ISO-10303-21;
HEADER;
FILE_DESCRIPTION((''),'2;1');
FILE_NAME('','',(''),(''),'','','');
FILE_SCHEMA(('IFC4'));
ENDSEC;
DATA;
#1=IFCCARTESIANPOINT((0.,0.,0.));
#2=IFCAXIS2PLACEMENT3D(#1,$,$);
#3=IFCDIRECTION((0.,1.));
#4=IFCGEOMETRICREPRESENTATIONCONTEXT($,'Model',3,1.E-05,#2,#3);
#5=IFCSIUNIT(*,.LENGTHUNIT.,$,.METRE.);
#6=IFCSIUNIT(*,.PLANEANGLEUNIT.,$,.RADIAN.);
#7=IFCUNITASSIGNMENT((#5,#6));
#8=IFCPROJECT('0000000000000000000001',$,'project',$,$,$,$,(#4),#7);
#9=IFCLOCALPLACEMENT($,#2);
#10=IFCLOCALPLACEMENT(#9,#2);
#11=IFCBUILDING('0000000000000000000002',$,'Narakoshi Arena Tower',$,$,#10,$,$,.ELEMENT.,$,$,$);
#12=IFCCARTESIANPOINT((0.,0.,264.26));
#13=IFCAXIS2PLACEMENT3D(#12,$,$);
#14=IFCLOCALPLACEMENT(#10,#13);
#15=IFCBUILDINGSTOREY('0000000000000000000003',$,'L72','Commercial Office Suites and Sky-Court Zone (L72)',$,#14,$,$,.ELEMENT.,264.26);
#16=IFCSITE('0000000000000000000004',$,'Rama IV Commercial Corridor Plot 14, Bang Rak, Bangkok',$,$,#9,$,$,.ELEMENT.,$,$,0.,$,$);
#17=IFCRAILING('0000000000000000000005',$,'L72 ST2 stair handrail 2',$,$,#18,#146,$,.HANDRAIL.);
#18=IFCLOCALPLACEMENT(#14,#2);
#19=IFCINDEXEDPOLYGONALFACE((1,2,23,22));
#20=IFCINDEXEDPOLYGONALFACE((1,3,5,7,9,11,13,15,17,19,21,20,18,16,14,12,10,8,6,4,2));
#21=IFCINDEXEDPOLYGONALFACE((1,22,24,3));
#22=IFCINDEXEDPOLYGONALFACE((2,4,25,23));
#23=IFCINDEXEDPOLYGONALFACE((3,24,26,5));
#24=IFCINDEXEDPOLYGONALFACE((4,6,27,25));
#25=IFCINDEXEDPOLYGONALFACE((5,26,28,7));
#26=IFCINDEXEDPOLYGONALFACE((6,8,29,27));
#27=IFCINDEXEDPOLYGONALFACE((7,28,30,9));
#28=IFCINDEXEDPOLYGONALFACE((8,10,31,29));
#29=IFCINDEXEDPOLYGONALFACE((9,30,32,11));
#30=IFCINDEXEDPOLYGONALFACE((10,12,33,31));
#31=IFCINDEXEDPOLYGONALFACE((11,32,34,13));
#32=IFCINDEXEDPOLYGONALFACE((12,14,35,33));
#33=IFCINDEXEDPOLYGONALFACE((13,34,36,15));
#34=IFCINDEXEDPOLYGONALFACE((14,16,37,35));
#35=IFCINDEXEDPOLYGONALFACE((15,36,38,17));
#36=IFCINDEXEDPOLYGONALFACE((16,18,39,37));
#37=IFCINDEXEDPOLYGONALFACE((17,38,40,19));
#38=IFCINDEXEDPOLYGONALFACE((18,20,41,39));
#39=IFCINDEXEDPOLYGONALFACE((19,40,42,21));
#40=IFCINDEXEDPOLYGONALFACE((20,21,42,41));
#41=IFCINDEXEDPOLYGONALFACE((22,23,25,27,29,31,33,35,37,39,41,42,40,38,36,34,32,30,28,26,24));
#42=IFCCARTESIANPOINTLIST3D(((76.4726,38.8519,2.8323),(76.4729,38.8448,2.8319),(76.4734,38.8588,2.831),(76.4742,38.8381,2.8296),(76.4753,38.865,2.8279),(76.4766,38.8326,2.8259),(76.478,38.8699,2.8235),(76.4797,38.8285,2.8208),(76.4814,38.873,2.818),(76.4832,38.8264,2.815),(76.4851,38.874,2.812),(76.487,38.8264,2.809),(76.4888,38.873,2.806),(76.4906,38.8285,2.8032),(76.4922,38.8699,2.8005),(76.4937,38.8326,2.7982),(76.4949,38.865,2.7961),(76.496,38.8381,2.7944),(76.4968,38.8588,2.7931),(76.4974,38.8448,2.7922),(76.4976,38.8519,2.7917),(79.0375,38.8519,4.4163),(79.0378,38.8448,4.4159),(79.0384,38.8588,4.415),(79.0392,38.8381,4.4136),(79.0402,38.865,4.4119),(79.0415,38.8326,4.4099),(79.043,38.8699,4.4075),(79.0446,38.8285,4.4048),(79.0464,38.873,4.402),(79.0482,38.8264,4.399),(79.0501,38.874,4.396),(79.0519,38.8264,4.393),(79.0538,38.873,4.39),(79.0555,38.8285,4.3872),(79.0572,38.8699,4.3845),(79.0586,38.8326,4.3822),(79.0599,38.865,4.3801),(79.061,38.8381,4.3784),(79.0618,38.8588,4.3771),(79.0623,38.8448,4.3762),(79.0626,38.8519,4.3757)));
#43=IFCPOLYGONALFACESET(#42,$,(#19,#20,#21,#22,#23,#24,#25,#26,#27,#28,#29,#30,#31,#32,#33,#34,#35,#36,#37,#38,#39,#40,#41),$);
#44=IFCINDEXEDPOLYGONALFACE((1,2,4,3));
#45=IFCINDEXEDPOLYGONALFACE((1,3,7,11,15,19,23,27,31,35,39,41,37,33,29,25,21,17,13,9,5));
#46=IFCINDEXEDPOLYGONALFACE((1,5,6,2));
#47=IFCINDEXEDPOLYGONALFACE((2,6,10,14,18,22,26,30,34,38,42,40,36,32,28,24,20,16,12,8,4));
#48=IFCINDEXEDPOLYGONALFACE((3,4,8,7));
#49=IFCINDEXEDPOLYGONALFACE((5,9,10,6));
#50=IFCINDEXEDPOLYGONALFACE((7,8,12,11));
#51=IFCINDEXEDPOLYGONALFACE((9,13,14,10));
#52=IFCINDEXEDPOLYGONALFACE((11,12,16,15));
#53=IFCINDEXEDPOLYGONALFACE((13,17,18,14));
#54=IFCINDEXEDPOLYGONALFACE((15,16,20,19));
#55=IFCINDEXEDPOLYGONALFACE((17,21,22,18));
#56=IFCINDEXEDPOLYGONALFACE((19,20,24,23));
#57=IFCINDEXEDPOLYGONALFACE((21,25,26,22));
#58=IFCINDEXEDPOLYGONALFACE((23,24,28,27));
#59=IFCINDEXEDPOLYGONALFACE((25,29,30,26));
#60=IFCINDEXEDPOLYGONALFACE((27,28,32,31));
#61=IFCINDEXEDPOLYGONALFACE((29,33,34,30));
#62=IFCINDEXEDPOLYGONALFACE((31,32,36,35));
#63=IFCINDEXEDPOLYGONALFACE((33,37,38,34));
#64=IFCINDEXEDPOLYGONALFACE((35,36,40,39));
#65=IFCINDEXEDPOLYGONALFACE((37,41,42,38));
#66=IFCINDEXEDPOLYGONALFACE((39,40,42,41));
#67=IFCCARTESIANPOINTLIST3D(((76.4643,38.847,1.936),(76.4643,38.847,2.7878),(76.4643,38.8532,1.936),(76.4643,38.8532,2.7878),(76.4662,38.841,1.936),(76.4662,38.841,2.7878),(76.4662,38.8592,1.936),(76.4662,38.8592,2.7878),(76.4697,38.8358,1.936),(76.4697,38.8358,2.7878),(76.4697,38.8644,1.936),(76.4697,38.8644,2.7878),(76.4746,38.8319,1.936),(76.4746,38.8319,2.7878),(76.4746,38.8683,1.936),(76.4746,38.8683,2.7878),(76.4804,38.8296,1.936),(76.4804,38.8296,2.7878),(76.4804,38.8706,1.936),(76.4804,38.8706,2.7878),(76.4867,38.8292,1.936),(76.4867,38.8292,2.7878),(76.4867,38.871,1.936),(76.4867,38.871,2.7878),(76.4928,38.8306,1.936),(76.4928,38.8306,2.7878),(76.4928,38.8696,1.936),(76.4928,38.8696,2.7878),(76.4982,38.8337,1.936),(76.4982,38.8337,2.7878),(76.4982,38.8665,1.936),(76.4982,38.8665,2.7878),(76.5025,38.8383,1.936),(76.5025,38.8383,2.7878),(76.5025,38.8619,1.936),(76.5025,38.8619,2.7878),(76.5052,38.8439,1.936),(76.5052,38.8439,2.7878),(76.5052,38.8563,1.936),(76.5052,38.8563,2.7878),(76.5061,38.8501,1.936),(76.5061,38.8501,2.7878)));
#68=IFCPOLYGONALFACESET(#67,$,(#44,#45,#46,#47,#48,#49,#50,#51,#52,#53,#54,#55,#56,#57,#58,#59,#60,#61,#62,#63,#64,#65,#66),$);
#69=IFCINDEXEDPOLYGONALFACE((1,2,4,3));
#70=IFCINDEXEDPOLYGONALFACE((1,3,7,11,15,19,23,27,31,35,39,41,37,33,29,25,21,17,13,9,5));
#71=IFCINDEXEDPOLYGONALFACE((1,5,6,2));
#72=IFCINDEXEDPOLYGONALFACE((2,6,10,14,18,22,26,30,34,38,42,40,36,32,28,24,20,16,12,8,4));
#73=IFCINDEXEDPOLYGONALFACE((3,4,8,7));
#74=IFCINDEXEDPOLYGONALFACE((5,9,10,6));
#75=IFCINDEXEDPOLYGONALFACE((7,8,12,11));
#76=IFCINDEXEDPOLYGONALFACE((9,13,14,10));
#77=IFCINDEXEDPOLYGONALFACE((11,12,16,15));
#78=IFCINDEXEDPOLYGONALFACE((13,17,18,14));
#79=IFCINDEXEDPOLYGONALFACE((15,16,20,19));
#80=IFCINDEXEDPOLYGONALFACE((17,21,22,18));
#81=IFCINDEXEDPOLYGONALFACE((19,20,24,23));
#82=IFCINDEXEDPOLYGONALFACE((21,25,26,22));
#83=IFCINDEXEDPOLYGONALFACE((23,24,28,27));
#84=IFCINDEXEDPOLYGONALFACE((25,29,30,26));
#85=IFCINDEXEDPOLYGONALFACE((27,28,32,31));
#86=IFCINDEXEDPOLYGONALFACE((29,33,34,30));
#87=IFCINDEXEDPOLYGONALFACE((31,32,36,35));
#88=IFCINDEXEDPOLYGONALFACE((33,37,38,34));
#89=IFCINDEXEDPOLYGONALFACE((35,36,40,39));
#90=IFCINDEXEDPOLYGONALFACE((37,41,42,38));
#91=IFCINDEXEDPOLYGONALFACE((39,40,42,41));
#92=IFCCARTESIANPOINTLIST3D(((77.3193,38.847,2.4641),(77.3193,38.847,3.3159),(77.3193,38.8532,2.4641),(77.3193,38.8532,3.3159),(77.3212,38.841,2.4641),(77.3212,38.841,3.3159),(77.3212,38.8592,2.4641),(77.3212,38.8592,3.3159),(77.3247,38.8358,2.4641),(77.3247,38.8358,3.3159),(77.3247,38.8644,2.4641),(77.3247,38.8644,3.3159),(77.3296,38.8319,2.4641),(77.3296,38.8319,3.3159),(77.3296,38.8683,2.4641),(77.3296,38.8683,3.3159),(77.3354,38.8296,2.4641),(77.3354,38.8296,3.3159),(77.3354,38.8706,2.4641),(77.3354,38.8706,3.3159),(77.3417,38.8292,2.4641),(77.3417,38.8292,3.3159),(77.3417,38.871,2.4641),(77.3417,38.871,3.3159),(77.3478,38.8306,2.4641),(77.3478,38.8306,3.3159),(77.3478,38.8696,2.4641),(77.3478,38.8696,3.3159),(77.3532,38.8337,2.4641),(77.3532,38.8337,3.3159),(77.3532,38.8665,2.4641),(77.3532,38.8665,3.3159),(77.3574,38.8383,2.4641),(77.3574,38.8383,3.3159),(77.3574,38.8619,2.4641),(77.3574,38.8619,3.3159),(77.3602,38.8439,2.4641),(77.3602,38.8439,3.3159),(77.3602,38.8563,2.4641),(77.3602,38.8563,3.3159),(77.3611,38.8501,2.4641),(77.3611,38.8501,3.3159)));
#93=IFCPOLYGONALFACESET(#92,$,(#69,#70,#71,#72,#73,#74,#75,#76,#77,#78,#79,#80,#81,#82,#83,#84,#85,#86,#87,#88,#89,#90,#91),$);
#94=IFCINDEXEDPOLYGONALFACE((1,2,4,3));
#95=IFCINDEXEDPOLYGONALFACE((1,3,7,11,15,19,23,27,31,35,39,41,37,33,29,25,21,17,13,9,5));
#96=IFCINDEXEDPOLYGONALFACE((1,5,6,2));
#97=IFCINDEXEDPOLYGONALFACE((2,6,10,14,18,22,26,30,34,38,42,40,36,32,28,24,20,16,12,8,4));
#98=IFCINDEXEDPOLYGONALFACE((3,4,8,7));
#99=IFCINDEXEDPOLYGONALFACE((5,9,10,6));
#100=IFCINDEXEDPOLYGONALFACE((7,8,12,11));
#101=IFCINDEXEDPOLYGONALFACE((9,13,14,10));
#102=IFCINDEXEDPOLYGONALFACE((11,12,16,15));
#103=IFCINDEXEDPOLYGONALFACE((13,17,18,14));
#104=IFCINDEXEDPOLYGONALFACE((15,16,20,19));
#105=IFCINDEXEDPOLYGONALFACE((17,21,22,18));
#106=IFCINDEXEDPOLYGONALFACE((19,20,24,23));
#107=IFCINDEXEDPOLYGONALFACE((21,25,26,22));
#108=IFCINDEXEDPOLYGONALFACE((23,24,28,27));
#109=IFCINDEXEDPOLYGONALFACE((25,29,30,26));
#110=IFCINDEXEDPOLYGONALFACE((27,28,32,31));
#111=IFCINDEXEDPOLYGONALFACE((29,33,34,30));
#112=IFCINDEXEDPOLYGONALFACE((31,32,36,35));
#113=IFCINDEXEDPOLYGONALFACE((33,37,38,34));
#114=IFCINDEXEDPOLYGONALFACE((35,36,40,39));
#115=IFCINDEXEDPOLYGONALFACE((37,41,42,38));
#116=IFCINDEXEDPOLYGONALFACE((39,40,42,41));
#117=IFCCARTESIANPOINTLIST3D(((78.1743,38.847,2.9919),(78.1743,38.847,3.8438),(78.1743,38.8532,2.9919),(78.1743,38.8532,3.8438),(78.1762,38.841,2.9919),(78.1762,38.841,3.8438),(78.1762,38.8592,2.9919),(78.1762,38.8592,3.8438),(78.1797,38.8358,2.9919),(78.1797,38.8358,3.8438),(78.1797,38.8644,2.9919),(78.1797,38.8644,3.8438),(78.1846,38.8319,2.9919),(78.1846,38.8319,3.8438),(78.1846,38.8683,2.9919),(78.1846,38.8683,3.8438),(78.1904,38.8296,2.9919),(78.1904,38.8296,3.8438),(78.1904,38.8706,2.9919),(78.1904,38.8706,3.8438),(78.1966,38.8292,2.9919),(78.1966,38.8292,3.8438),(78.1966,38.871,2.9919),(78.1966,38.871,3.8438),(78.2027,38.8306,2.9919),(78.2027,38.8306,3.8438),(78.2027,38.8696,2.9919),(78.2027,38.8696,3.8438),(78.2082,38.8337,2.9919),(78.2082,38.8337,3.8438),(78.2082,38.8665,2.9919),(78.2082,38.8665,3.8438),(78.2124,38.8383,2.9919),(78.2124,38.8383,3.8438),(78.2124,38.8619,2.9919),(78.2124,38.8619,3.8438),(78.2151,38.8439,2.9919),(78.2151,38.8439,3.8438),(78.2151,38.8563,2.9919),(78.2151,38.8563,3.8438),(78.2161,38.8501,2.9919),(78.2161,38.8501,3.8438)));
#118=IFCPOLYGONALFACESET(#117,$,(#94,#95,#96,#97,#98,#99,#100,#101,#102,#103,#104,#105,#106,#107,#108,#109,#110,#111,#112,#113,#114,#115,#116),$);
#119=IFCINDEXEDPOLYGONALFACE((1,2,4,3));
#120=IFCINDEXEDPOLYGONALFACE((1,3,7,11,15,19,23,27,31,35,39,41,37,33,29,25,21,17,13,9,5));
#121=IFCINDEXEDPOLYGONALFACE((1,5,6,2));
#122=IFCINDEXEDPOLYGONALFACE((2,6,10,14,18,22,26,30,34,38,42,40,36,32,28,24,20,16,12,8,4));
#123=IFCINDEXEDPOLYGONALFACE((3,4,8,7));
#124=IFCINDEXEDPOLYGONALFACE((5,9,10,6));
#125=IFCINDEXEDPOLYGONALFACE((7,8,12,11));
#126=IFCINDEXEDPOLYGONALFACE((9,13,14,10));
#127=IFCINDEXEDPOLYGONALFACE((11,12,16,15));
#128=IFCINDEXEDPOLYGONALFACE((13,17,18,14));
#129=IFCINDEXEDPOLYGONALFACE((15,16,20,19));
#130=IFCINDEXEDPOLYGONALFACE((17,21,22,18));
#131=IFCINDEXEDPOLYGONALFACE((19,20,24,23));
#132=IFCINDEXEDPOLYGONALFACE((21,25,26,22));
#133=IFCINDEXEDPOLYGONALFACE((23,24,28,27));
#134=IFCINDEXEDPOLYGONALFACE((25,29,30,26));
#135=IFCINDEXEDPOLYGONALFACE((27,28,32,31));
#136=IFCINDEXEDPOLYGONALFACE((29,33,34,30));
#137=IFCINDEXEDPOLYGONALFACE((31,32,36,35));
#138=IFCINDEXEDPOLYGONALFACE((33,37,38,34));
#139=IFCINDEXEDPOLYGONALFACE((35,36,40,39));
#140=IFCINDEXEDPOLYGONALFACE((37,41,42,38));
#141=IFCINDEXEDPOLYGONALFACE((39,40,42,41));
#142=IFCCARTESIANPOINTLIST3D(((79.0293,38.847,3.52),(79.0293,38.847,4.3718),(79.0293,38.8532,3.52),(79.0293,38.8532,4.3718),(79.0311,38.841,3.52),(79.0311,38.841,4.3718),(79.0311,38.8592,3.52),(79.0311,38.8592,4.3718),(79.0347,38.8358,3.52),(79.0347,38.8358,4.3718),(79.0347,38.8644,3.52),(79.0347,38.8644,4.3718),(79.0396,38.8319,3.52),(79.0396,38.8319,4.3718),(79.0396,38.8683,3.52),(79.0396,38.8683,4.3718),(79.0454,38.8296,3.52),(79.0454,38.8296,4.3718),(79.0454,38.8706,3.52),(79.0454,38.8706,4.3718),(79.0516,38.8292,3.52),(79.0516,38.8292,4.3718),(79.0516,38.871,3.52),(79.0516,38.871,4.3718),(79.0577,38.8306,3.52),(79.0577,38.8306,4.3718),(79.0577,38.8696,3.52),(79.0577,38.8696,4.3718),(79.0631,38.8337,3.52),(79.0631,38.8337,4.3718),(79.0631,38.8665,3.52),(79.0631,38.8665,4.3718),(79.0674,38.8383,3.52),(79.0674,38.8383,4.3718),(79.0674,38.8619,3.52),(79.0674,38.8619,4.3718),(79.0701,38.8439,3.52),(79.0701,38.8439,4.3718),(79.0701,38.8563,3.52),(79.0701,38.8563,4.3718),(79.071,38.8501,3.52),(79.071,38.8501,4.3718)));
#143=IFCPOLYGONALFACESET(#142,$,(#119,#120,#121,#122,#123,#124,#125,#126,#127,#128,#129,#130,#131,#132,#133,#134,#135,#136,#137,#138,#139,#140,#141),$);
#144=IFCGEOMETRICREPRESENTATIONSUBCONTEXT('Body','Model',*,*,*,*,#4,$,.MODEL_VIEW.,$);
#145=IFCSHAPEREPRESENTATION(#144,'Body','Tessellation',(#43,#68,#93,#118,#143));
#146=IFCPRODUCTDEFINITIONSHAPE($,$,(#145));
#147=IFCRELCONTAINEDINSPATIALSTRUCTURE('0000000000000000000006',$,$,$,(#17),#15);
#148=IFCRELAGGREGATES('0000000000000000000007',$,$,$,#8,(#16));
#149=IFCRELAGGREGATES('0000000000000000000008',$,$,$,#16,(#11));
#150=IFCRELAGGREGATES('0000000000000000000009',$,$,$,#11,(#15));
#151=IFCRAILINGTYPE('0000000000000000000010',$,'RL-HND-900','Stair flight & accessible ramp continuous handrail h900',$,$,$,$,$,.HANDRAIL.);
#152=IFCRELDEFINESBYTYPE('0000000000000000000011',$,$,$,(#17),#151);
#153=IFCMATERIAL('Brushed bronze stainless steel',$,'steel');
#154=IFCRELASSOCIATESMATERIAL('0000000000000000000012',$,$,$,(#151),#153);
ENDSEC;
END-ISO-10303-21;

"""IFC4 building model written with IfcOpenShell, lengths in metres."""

from ifc_helpers import new_model, si_unit, direction, frame, origin, origin_2d, place, context, subcontext, project, spatial, circle, extrude, material, type_object, element, save


model = new_model("IFC4")

# Units and contexts
model_context = context("Model", 3, precision=1e-05, world=origin(), true_north=direction((0.0, 1.0)))
body_context = subcontext(model_context, "Body", "Model", "MODEL_VIEW")
ifc_project = project(units=[si_unit("LENGTHUNIT", "METRE"), si_unit("PLANEANGLEUNIT", "RADIAN")], contexts=[model_context])

# Site, building, storey
site_placement = place(None, origin())
site = spatial("IfcSite", under=ifc_project, at=site_placement, Name="Rama IV Commercial Corridor Plot 14, Bang Rak, Bangkok", CompositionType="ELEMENT", RefElevation=0.0)
building_placement = place(site_placement, origin())
building = spatial("IfcBuilding", under=site, at=building_placement, Name="Narakoshi Arena Tower", CompositionType="ELEMENT")
storey_placement = place(building_placement, frame((0.0, 0.0, 264.26)))
storey = spatial("IfcBuildingStorey", under=building, at=storey_placement, Name="L72", Description="Commercial Office Suites and Sky-Court Zone (L72)", CompositionType="ELEMENT", Elevation=264.26)

# Railing
ifc_material_1 = material(Name="Brushed bronze stainless steel", Category="steel")
railing_type_1 = type_object("IfcRailingType", Name="RL-HND-900", Description="Stair flight & accessible ramp continuous handrail h900", PredefinedType="HANDRAIL", material=ifc_material_1)
railing_1_placement = place(storey_placement, frame((76.4851, 38.8501, 1.936)))
element("IfcRailing", 1, at=railing_1_placement, inside=storey, type_object=railing_type_1, Name="L72 ST2 stair handrail 2", PredefinedType="HANDRAIL", context=body_context, shape_type="SweptSolid", body=[
    extrude(circle(Radius=0.0239, at=origin_2d()), frame((0.0, 0.0, 0.876), z_axis=(0.850834, 0.0, 0.525434), x_axis=(0.0, 1.0, 0.0)), (0.0, 0.0, 1.0), 3.0146),
    extrude(circle(Radius=0.021, at=origin_2d()), origin(), (0.0, 0.0, 1.0), 0.8518),
    extrude(circle(Radius=0.021, at=origin_2d()), frame((0.855, 0.0, 0.5281)), (0.0, 0.0, 1.0), 0.8518),
    extrude(circle(Radius=0.021, at=origin_2d()), frame((1.71, 0.0, 1.0559)), (0.0, 0.0, 1.0), 0.8518),
    extrude(circle(Radius=0.021, at=origin_2d()), frame((2.5649, 0.0, 1.584)), (0.0, 0.0, 1.0), 0.8518),
])

save(model, "model.ifc")
